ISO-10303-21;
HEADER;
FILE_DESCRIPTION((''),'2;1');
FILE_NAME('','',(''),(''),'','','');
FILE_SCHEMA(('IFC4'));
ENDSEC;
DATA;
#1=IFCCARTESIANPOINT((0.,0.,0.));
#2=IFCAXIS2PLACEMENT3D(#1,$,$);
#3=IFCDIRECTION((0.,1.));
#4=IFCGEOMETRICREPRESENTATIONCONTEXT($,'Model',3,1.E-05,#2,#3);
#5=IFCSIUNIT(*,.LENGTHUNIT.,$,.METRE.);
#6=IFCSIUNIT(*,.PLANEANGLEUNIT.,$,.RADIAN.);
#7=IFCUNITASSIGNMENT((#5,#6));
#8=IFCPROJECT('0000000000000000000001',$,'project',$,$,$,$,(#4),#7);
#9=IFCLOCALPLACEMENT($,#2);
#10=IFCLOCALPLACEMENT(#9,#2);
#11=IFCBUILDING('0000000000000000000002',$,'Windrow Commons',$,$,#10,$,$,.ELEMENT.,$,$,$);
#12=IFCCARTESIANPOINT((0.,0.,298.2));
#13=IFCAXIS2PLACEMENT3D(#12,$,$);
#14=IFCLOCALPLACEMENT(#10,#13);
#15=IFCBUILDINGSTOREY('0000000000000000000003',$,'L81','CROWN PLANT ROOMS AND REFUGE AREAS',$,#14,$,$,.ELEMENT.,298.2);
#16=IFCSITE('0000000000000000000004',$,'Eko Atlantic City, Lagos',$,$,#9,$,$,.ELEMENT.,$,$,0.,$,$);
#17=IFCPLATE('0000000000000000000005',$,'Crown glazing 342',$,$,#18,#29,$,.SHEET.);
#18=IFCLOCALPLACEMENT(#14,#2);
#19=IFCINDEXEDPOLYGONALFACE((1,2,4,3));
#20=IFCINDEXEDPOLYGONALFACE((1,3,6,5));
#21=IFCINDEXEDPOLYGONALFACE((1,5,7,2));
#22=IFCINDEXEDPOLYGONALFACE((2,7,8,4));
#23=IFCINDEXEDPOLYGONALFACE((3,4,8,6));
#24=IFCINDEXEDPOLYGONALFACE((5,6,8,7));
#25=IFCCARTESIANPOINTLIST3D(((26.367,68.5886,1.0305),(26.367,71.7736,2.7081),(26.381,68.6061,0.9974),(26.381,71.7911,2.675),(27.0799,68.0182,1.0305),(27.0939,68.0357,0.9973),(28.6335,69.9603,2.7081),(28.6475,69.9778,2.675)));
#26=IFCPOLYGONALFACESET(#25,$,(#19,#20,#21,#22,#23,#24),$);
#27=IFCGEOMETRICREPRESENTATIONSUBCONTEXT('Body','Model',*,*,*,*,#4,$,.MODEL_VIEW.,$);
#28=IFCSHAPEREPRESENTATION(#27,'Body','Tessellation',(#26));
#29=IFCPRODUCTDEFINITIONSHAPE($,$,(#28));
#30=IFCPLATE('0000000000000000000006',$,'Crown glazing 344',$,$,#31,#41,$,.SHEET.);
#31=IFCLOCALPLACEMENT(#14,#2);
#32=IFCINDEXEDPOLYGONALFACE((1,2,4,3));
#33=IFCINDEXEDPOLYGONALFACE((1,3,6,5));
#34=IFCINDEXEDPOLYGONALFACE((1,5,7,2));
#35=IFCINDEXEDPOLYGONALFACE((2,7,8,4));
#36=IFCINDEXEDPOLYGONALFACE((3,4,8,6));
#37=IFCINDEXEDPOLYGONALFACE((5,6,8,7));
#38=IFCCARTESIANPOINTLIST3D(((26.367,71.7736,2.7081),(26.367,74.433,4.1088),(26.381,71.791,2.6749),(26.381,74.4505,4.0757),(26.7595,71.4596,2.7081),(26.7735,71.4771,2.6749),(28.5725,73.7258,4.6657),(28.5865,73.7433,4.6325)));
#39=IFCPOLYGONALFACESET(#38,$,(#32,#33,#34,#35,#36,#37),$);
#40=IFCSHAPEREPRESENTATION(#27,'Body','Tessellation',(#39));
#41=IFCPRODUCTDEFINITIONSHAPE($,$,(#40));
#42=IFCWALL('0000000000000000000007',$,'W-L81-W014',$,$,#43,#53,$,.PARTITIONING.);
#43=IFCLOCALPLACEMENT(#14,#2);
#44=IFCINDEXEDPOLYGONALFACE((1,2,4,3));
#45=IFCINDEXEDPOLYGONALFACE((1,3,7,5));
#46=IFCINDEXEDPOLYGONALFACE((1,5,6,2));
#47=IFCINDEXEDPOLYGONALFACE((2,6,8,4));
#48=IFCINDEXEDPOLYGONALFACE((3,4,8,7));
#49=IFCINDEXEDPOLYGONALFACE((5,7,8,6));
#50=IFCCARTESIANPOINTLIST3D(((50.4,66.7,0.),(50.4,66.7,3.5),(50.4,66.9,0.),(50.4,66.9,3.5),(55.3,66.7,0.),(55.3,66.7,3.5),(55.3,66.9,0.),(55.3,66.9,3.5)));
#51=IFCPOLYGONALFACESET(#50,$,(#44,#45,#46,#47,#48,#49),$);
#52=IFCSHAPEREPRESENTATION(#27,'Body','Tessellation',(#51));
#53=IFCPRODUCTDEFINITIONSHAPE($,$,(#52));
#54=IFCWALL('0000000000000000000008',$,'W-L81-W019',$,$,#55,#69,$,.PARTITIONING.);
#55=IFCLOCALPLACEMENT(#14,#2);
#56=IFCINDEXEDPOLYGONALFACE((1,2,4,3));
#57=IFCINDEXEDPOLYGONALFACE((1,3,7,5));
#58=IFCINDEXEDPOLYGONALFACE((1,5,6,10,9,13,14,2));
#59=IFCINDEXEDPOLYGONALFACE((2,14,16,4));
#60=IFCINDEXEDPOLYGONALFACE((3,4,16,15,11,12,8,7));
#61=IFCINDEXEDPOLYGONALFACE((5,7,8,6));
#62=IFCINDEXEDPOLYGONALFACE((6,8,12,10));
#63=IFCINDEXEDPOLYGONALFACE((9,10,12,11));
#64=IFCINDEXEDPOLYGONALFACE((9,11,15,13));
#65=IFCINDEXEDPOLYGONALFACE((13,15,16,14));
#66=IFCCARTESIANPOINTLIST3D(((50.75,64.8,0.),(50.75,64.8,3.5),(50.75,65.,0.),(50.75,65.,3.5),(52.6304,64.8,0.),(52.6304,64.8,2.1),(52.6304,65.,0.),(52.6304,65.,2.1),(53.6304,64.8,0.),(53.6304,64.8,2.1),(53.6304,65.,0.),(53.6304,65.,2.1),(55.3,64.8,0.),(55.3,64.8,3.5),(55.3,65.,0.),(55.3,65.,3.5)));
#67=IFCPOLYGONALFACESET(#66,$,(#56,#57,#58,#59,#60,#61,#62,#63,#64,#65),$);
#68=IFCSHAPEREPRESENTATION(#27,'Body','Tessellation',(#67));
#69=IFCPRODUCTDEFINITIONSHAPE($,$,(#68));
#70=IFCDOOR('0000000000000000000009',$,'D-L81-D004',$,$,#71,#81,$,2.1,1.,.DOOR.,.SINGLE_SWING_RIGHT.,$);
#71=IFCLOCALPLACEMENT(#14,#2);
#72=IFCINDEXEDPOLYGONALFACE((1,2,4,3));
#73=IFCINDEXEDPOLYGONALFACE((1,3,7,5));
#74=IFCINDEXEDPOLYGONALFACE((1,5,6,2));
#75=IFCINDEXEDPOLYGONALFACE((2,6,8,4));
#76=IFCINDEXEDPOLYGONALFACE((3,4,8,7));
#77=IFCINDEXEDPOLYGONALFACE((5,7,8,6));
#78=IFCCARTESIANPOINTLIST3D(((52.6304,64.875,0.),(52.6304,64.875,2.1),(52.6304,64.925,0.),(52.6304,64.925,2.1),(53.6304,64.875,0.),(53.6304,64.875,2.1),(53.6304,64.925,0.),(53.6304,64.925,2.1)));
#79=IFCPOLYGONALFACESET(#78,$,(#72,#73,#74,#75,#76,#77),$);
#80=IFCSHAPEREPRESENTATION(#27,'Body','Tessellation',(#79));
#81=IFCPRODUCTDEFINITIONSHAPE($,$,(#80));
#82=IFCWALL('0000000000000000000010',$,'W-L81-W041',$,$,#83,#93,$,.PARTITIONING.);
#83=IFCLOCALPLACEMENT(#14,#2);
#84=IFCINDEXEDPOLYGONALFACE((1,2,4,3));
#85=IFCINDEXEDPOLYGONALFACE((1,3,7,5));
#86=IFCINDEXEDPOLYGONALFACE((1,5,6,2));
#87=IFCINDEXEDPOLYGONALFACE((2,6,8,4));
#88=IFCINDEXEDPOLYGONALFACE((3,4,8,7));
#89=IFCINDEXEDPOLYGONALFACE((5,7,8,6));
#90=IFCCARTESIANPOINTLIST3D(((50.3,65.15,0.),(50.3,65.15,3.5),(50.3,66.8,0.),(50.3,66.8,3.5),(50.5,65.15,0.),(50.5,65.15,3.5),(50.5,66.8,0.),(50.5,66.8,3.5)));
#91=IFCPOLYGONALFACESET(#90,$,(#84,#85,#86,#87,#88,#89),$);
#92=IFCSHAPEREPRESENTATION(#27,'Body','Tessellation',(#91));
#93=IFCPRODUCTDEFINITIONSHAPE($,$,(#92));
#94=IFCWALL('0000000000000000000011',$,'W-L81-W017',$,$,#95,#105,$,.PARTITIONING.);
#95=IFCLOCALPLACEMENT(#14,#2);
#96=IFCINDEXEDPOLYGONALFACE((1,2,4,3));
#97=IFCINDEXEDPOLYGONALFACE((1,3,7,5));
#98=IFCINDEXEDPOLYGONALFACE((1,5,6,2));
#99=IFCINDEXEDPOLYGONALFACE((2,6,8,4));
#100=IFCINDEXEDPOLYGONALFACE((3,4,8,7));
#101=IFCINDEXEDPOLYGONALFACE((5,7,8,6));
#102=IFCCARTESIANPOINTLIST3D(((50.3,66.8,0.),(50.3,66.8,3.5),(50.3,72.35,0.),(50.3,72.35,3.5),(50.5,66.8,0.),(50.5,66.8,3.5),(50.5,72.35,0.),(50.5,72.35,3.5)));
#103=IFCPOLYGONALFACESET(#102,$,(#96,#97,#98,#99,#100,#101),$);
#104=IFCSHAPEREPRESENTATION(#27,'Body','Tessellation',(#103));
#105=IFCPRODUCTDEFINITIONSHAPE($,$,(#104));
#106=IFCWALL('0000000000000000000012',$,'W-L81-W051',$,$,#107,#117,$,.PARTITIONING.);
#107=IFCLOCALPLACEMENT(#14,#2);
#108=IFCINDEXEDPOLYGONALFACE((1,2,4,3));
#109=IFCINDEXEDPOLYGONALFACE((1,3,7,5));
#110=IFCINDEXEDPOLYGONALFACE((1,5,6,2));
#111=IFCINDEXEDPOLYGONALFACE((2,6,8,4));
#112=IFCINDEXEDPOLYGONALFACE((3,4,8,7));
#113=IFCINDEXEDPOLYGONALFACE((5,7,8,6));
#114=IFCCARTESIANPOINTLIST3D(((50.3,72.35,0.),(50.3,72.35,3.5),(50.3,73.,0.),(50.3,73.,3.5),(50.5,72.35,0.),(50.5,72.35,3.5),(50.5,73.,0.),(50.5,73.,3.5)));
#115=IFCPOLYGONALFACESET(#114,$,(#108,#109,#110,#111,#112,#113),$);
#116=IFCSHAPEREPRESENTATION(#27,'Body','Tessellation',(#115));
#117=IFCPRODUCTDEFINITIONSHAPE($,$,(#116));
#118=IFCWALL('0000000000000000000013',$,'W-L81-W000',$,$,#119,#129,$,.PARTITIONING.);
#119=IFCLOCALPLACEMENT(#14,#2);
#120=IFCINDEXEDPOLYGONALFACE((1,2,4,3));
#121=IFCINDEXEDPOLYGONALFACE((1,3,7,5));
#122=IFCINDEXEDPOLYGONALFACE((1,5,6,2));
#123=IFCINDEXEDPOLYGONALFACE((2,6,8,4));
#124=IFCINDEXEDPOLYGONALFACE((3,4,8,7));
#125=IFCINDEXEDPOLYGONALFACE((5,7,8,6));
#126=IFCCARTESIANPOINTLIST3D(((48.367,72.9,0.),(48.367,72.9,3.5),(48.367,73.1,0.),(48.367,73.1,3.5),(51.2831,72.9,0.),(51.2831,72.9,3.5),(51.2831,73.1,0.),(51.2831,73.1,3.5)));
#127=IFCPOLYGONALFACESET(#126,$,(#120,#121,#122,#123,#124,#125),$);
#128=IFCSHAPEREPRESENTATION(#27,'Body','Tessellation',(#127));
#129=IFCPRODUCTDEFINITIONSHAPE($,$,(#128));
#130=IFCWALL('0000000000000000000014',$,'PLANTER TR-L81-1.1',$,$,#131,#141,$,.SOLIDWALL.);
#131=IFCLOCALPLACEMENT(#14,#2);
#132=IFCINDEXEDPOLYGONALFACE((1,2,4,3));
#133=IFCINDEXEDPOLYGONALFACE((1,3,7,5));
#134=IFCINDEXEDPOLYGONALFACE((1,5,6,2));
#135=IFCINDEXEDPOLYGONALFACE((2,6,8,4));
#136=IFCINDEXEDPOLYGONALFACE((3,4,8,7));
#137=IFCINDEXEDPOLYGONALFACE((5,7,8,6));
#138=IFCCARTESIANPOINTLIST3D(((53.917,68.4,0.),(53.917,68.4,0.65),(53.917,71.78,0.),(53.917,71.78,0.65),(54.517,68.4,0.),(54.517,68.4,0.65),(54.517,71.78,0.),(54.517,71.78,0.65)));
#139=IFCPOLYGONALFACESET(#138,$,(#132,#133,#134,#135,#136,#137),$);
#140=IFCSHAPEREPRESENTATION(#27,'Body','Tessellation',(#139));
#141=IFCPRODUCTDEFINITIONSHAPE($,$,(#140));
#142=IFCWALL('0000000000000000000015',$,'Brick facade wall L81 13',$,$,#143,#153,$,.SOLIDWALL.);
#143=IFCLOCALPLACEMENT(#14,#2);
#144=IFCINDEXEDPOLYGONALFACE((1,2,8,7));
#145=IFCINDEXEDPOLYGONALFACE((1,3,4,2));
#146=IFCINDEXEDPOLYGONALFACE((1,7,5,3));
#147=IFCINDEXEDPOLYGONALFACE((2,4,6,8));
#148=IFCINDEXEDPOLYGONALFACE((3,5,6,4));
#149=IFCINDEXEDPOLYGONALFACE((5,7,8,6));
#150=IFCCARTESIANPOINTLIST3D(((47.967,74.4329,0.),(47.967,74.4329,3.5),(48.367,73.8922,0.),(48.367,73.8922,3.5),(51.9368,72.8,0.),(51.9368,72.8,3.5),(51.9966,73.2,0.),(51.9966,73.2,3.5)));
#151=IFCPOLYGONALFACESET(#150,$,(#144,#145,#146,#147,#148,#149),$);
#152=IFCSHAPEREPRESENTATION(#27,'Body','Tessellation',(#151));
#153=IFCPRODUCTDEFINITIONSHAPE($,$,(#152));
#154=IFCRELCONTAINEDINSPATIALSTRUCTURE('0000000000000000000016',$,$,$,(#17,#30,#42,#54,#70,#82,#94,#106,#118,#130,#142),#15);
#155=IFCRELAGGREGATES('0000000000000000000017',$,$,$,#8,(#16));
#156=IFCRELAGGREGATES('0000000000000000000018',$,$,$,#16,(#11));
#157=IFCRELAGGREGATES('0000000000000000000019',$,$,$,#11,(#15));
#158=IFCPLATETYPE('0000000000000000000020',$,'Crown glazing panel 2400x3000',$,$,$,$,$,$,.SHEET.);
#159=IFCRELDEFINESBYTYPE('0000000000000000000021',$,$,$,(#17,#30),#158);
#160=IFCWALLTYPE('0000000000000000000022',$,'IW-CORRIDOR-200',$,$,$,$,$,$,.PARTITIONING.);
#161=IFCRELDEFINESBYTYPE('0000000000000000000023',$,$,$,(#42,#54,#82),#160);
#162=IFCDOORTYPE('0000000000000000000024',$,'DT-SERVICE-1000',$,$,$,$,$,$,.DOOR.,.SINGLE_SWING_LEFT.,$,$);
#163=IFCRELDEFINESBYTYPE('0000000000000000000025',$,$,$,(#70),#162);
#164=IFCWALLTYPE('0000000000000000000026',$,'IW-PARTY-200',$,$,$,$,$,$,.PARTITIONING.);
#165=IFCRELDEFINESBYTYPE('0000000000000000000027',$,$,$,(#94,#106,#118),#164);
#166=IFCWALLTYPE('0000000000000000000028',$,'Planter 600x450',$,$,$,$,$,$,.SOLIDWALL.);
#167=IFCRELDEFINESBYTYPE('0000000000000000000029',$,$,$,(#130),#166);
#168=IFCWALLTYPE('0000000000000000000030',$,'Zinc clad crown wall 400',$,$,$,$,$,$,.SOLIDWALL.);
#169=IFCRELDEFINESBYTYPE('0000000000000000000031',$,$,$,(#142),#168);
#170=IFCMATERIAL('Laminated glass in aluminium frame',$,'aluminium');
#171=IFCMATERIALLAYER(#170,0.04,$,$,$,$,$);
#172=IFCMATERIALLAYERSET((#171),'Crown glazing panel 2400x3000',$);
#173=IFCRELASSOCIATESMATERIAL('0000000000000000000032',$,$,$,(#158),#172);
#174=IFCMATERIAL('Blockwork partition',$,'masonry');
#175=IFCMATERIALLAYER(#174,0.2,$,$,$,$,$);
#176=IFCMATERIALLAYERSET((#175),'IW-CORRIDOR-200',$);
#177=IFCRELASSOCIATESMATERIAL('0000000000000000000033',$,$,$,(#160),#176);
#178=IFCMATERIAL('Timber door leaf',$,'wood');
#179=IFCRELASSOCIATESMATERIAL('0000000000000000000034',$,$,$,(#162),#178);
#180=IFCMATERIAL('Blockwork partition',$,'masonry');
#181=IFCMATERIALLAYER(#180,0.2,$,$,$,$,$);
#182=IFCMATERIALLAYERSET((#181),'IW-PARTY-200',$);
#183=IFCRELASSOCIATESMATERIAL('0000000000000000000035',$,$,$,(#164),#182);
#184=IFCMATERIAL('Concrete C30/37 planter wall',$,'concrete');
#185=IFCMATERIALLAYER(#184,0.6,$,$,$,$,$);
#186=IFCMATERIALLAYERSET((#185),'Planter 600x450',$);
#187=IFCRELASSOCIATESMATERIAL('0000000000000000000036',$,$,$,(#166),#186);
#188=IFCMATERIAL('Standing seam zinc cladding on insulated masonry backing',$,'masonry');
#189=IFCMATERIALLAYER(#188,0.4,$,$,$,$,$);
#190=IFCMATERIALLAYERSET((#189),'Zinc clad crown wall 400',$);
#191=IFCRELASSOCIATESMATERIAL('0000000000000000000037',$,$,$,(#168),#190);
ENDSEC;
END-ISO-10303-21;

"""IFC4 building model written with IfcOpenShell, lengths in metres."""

from ifc_helpers import new_model, si_unit, direction, frame, frame_2d, origin, place, context, subcontext, project, spatial, polyline, rectangle, outline, extrude, material, layer, layer_set, type_object, element, fill, save


model = new_model("IFC4")

# Units and contexts
model_context = context("Model", 3, precision=1e-05, world=origin(), true_north=direction((0.0, 1.0)))
body_context = subcontext(model_context, "Body", "Model", "MODEL_VIEW")
ifc_project = project(units=[si_unit("LENGTHUNIT", "METRE"), si_unit("PLANEANGLEUNIT", "RADIAN")], contexts=[model_context])

# Site, building, storey
site_placement = place(None, origin())
site = spatial("IfcSite", under=ifc_project, at=site_placement, Name="Eko Atlantic City, Lagos", CompositionType="ELEMENT", RefElevation=0.0)
building_placement = place(site_placement, origin())
building = spatial("IfcBuilding", under=site, at=building_placement, Name="Windrow Commons", CompositionType="ELEMENT")
storey_placement = place(building_placement, frame((0.0, 0.0, 298.2)))
storey = spatial("IfcBuildingStorey", under=building, at=storey_placement, Name="L81", Description="CROWN PLANT ROOMS AND REFUGE AREAS", CompositionType="ELEMENT", Elevation=298.2)

# Plates
ifc_material_1 = material(Name="Laminated glass in aluminium frame", Category="aluminium")
ifc_layer_1 = layer(ifc_material_1, 0.04)
ifc_layer_set_1 = layer_set([ifc_layer_1], Name="Crown glazing panel 2400x3000")
plate_type = type_object("IfcPlateType", Name="Crown glazing panel 2400x3000", PredefinedType="SHEET", material=ifc_layer_set_1)
plate_1_placement = place(storey_placement, frame((27.0799, 68.0182, 1.0305), z_axis=(-0.349341, -0.436658, 0.82903), x_axis=(-0.780835, 0.624737, 0.000022)))
element("IfcPlate", 1, at=plate_1_placement, inside=storey, type_object=plate_type, Name="Crown glazing 342", PredefinedType="SHEET", context=body_context, shape_type="SweptSolid", body=[
    extrude(outline(polyline([(0.0, 0.0), (0.913, 0.0), (2.9028, -2.9999), (0.0002, -3.0), (0.0, 0.0)])), origin(), (0.0, 0.0, -1.0), 0.04),
])
plate_2_placement = place(storey_placement, frame((26.7595, 71.4596, 2.7081), z_axis=(-0.349344, -0.436652, 0.829031), x_axis=(-0.780863, 0.624703, -0.000015)))
element("IfcPlate", 2, at=plate_2_placement, inside=storey, type_object=plate_type, Name="Crown glazing 344", PredefinedType="SHEET", context=body_context, shape_type="SweptSolid", body=[
    extrude(outline(polyline([(0.0, 0.0), (0.5026, 0.0), (2.164, -2.5049), (0.0, -3.5007), (0.0, 0.0)])), origin(), (0.0, 0.0, -1.0), 0.04),
])

# Wall
ifc_material_2 = material(Name="Blockwork partition", Category="masonry")
ifc_layer_2 = layer(ifc_material_2, 0.2)
ifc_layer_set_2 = layer_set([ifc_layer_2], Name="IW-CORRIDOR-200")
wall_type_1 = type_object("IfcWallType", Name="IW-CORRIDOR-200", PredefinedType="PARTITIONING", material=ifc_layer_set_2)
wall_1_placement = place(storey_placement, frame((50.4, 66.8, 0.0), z_axis=(0.0, 0.0, 1.0), x_axis=(1.0, 0.0, 0.0)))
element("IfcWall", 3, at=wall_1_placement, inside=storey, type_object=wall_type_1, Name="W-L81-W014", PredefinedType="PARTITIONING", context=body_context, shape_type="SweptSolid", body=[
    extrude(rectangle(XDim=4.9, YDim=0.2, at=frame_2d((2.45, 0.0))), origin(), (0.0, 0.0, 1.0), 3.5),
])

# Wall, opening, door
wall_2_placement = place(storey_placement, frame((50.75, 64.9, 0.0), z_axis=(0.0, 0.0, 1.0), x_axis=(1.0, 0.0, 0.0)))
wall_2 = element("IfcWall", 4, at=wall_2_placement, inside=storey, type_object=wall_type_1, Name="W-L81-W019", PredefinedType="PARTITIONING", context=body_context, shape_type="SweptSolid", body=[
    extrude(rectangle(XDim=4.55, YDim=0.2, at=frame_2d((2.275, 0.0))), origin(), (0.0, 0.0, 1.0), 3.5),
])
opening_1_placement = place(wall_2_placement, frame((1.8804, 0.0, 0.0)))
opening_1 = element("IfcOpeningElement", 5, at=opening_1_placement, cuts=wall_2, PredefinedType="OPENING", context=body_context, shape_type="SweptSolid", body=[
    extrude(rectangle(XDim=1.0, YDim=2.1, at=frame_2d((0.5, 1.05))), frame((0.0, 0.11, 0.0), z_axis=(0.0, -1.0, 0.0), x_axis=(1.0, 0.0, 0.0)), (0.0, 0.0, 1.0), 0.22),
])
ifc_material_3 = material(Name="Timber door leaf", Category="wood")
door_type = type_object("IfcDoorType", Name="DT-SERVICE-1000", OperationType="SINGLE_SWING_LEFT", PredefinedType="DOOR", material=ifc_material_3)
door_placement = place(opening_1_placement, origin())
door = element("IfcDoor", 6, at=door_placement, inside=storey, type_object=door_type, Name="D-L81-D004", OperationType="SINGLE_SWING_RIGHT", OverallHeight=2.1, OverallWidth=1.0, PredefinedType="DOOR", context=body_context, shape_type="SweptSolid", body=[
    extrude(rectangle(XDim=1.0, YDim=2.1, at=frame_2d((0.5, 1.05))), frame((0.0, 0.025, 0.0), z_axis=(0.0, -1.0, 0.0), x_axis=(1.0, 0.0, 0.0)), (0.0, 0.0, 1.0), 0.05),
])
fill(opening_1, door)

# Walls
wall_3_placement = place(storey_placement, frame((50.4, 65.15, 0.0), z_axis=(0.0, 0.0, 1.0), x_axis=(0.0, 1.0, 0.0)))
element("IfcWall", 7, at=wall_3_placement, inside=storey, type_object=wall_type_1, Name="W-L81-W041", PredefinedType="PARTITIONING", context=body_context, shape_type="SweptSolid", body=[
    extrude(rectangle(XDim=1.65, YDim=0.2, at=frame_2d((0.825, 0.0))), origin(), (0.0, 0.0, 1.0), 3.5),
])
ifc_material_4 = material(Name="Blockwork partition", Category="masonry")
ifc_layer_3 = layer(ifc_material_4, 0.2)
ifc_layer_set_3 = layer_set([ifc_layer_3], Name="IW-PARTY-200")
wall_type_2 = type_object("IfcWallType", Name="IW-PARTY-200", PredefinedType="PARTITIONING", material=ifc_layer_set_3)
wall_4_placement = place(storey_placement, frame((50.4, 66.8, 0.0), z_axis=(0.0, 0.0, 1.0), x_axis=(0.0, 1.0, 0.0)))
element("IfcWall", 8, at=wall_4_placement, inside=storey, type_object=wall_type_2, Name="W-L81-W017", PredefinedType="PARTITIONING", context=body_context, shape_type="SweptSolid", body=[
    extrude(rectangle(XDim=5.55, YDim=0.2, at=frame_2d((2.775, 0.0))), origin(), (0.0, 0.0, 1.0), 3.5),
])
wall_5_placement = place(storey_placement, frame((50.4, 72.35, 0.0), z_axis=(0.0, 0.0, 1.0), x_axis=(0.0, 1.0, 0.0)))
element("IfcWall", 9, at=wall_5_placement, inside=storey, type_object=wall_type_2, Name="W-L81-W051", PredefinedType="PARTITIONING", context=body_context, shape_type="SweptSolid", body=[
    extrude(rectangle(XDim=0.65, YDim=0.2, at=frame_2d((0.325, 0.0))), origin(), (0.0, 0.0, 1.0), 3.5),
])
wall_6_placement = place(storey_placement, frame((48.367, 73.0, 0.0), z_axis=(0.0, 0.0, 1.0), x_axis=(1.0, 0.0, 0.0)))
element("IfcWall", 10, at=wall_6_placement, inside=storey, type_object=wall_type_2, Name="W-L81-W000", PredefinedType="PARTITIONING", context=body_context, shape_type="SweptSolid", body=[
    extrude(outline(polyline([(0.0, -0.1), (2.9161, -0.1), (2.9161, 0.1), (0.0, 0.1), (0.0, -0.1)])), origin(), (0.0, 0.0, 1.0), 3.5),
])
ifc_material_5 = material(Name="Concrete C30/37 planter wall", Category="concrete")
ifc_layer_4 = layer(ifc_material_5, 0.6)
ifc_layer_set_4 = layer_set([ifc_layer_4], Name="Planter 600x450")
wall_type_3 = type_object("IfcWallType", Name="Planter 600x450", PredefinedType="SOLIDWALL", material=ifc_layer_set_4)
wall_7_placement = place(storey_placement, frame((54.217, 68.4, 0.0), z_axis=(0.0, 0.0, 1.0), x_axis=(0.0, 1.0, 0.0)))
element("IfcWall", 11, at=wall_7_placement, inside=storey, type_object=wall_type_3, Name="PLANTER TR-L81-1.1", PredefinedType="SOLIDWALL", context=body_context, shape_type="SweptSolid", body=[
    extrude(outline(polyline([(0.0, -0.3), (3.38, -0.3), (3.38, 0.3), (0.0, 0.3), (0.0, -0.3)])), origin(), (0.0, 0.0, 1.0), 0.65),
])
ifc_material_6 = material(Name="Standing seam zinc cladding on insulated masonry backing", Category="masonry")
ifc_layer_5 = layer(ifc_material_6, 0.4)
ifc_layer_set_5 = layer_set([ifc_layer_5], Name="Zinc clad crown wall 400")
wall_type_4 = type_object("IfcWallType", Name="Zinc clad crown wall 400", PredefinedType="SOLIDWALL", material=ifc_layer_set_5)
wall_8_placement = place(storey_placement, frame((51.9667, 73.0, 0.0), z_axis=(0.0, 0.0, 1.0), x_axis=(-0.95624, 0.292582, 0.0)))
element("IfcWall", 12, at=wall_8_placement, inside=storey, type_object=wall_type_4, Name="Brick facade wall L81 13", PredefinedType="SOLIDWALL", context=body_context, shape_type="SweptSolid", body=[
    extrude(outline(polyline([(0.0299, -0.2), (4.2439, -0.2), (3.7032, 0.2), (-0.0299, 0.2), (0.0299, -0.2)])), origin(), (0.0, 0.0, 1.0), 3.5),
])

save(model, "model.ifc")
